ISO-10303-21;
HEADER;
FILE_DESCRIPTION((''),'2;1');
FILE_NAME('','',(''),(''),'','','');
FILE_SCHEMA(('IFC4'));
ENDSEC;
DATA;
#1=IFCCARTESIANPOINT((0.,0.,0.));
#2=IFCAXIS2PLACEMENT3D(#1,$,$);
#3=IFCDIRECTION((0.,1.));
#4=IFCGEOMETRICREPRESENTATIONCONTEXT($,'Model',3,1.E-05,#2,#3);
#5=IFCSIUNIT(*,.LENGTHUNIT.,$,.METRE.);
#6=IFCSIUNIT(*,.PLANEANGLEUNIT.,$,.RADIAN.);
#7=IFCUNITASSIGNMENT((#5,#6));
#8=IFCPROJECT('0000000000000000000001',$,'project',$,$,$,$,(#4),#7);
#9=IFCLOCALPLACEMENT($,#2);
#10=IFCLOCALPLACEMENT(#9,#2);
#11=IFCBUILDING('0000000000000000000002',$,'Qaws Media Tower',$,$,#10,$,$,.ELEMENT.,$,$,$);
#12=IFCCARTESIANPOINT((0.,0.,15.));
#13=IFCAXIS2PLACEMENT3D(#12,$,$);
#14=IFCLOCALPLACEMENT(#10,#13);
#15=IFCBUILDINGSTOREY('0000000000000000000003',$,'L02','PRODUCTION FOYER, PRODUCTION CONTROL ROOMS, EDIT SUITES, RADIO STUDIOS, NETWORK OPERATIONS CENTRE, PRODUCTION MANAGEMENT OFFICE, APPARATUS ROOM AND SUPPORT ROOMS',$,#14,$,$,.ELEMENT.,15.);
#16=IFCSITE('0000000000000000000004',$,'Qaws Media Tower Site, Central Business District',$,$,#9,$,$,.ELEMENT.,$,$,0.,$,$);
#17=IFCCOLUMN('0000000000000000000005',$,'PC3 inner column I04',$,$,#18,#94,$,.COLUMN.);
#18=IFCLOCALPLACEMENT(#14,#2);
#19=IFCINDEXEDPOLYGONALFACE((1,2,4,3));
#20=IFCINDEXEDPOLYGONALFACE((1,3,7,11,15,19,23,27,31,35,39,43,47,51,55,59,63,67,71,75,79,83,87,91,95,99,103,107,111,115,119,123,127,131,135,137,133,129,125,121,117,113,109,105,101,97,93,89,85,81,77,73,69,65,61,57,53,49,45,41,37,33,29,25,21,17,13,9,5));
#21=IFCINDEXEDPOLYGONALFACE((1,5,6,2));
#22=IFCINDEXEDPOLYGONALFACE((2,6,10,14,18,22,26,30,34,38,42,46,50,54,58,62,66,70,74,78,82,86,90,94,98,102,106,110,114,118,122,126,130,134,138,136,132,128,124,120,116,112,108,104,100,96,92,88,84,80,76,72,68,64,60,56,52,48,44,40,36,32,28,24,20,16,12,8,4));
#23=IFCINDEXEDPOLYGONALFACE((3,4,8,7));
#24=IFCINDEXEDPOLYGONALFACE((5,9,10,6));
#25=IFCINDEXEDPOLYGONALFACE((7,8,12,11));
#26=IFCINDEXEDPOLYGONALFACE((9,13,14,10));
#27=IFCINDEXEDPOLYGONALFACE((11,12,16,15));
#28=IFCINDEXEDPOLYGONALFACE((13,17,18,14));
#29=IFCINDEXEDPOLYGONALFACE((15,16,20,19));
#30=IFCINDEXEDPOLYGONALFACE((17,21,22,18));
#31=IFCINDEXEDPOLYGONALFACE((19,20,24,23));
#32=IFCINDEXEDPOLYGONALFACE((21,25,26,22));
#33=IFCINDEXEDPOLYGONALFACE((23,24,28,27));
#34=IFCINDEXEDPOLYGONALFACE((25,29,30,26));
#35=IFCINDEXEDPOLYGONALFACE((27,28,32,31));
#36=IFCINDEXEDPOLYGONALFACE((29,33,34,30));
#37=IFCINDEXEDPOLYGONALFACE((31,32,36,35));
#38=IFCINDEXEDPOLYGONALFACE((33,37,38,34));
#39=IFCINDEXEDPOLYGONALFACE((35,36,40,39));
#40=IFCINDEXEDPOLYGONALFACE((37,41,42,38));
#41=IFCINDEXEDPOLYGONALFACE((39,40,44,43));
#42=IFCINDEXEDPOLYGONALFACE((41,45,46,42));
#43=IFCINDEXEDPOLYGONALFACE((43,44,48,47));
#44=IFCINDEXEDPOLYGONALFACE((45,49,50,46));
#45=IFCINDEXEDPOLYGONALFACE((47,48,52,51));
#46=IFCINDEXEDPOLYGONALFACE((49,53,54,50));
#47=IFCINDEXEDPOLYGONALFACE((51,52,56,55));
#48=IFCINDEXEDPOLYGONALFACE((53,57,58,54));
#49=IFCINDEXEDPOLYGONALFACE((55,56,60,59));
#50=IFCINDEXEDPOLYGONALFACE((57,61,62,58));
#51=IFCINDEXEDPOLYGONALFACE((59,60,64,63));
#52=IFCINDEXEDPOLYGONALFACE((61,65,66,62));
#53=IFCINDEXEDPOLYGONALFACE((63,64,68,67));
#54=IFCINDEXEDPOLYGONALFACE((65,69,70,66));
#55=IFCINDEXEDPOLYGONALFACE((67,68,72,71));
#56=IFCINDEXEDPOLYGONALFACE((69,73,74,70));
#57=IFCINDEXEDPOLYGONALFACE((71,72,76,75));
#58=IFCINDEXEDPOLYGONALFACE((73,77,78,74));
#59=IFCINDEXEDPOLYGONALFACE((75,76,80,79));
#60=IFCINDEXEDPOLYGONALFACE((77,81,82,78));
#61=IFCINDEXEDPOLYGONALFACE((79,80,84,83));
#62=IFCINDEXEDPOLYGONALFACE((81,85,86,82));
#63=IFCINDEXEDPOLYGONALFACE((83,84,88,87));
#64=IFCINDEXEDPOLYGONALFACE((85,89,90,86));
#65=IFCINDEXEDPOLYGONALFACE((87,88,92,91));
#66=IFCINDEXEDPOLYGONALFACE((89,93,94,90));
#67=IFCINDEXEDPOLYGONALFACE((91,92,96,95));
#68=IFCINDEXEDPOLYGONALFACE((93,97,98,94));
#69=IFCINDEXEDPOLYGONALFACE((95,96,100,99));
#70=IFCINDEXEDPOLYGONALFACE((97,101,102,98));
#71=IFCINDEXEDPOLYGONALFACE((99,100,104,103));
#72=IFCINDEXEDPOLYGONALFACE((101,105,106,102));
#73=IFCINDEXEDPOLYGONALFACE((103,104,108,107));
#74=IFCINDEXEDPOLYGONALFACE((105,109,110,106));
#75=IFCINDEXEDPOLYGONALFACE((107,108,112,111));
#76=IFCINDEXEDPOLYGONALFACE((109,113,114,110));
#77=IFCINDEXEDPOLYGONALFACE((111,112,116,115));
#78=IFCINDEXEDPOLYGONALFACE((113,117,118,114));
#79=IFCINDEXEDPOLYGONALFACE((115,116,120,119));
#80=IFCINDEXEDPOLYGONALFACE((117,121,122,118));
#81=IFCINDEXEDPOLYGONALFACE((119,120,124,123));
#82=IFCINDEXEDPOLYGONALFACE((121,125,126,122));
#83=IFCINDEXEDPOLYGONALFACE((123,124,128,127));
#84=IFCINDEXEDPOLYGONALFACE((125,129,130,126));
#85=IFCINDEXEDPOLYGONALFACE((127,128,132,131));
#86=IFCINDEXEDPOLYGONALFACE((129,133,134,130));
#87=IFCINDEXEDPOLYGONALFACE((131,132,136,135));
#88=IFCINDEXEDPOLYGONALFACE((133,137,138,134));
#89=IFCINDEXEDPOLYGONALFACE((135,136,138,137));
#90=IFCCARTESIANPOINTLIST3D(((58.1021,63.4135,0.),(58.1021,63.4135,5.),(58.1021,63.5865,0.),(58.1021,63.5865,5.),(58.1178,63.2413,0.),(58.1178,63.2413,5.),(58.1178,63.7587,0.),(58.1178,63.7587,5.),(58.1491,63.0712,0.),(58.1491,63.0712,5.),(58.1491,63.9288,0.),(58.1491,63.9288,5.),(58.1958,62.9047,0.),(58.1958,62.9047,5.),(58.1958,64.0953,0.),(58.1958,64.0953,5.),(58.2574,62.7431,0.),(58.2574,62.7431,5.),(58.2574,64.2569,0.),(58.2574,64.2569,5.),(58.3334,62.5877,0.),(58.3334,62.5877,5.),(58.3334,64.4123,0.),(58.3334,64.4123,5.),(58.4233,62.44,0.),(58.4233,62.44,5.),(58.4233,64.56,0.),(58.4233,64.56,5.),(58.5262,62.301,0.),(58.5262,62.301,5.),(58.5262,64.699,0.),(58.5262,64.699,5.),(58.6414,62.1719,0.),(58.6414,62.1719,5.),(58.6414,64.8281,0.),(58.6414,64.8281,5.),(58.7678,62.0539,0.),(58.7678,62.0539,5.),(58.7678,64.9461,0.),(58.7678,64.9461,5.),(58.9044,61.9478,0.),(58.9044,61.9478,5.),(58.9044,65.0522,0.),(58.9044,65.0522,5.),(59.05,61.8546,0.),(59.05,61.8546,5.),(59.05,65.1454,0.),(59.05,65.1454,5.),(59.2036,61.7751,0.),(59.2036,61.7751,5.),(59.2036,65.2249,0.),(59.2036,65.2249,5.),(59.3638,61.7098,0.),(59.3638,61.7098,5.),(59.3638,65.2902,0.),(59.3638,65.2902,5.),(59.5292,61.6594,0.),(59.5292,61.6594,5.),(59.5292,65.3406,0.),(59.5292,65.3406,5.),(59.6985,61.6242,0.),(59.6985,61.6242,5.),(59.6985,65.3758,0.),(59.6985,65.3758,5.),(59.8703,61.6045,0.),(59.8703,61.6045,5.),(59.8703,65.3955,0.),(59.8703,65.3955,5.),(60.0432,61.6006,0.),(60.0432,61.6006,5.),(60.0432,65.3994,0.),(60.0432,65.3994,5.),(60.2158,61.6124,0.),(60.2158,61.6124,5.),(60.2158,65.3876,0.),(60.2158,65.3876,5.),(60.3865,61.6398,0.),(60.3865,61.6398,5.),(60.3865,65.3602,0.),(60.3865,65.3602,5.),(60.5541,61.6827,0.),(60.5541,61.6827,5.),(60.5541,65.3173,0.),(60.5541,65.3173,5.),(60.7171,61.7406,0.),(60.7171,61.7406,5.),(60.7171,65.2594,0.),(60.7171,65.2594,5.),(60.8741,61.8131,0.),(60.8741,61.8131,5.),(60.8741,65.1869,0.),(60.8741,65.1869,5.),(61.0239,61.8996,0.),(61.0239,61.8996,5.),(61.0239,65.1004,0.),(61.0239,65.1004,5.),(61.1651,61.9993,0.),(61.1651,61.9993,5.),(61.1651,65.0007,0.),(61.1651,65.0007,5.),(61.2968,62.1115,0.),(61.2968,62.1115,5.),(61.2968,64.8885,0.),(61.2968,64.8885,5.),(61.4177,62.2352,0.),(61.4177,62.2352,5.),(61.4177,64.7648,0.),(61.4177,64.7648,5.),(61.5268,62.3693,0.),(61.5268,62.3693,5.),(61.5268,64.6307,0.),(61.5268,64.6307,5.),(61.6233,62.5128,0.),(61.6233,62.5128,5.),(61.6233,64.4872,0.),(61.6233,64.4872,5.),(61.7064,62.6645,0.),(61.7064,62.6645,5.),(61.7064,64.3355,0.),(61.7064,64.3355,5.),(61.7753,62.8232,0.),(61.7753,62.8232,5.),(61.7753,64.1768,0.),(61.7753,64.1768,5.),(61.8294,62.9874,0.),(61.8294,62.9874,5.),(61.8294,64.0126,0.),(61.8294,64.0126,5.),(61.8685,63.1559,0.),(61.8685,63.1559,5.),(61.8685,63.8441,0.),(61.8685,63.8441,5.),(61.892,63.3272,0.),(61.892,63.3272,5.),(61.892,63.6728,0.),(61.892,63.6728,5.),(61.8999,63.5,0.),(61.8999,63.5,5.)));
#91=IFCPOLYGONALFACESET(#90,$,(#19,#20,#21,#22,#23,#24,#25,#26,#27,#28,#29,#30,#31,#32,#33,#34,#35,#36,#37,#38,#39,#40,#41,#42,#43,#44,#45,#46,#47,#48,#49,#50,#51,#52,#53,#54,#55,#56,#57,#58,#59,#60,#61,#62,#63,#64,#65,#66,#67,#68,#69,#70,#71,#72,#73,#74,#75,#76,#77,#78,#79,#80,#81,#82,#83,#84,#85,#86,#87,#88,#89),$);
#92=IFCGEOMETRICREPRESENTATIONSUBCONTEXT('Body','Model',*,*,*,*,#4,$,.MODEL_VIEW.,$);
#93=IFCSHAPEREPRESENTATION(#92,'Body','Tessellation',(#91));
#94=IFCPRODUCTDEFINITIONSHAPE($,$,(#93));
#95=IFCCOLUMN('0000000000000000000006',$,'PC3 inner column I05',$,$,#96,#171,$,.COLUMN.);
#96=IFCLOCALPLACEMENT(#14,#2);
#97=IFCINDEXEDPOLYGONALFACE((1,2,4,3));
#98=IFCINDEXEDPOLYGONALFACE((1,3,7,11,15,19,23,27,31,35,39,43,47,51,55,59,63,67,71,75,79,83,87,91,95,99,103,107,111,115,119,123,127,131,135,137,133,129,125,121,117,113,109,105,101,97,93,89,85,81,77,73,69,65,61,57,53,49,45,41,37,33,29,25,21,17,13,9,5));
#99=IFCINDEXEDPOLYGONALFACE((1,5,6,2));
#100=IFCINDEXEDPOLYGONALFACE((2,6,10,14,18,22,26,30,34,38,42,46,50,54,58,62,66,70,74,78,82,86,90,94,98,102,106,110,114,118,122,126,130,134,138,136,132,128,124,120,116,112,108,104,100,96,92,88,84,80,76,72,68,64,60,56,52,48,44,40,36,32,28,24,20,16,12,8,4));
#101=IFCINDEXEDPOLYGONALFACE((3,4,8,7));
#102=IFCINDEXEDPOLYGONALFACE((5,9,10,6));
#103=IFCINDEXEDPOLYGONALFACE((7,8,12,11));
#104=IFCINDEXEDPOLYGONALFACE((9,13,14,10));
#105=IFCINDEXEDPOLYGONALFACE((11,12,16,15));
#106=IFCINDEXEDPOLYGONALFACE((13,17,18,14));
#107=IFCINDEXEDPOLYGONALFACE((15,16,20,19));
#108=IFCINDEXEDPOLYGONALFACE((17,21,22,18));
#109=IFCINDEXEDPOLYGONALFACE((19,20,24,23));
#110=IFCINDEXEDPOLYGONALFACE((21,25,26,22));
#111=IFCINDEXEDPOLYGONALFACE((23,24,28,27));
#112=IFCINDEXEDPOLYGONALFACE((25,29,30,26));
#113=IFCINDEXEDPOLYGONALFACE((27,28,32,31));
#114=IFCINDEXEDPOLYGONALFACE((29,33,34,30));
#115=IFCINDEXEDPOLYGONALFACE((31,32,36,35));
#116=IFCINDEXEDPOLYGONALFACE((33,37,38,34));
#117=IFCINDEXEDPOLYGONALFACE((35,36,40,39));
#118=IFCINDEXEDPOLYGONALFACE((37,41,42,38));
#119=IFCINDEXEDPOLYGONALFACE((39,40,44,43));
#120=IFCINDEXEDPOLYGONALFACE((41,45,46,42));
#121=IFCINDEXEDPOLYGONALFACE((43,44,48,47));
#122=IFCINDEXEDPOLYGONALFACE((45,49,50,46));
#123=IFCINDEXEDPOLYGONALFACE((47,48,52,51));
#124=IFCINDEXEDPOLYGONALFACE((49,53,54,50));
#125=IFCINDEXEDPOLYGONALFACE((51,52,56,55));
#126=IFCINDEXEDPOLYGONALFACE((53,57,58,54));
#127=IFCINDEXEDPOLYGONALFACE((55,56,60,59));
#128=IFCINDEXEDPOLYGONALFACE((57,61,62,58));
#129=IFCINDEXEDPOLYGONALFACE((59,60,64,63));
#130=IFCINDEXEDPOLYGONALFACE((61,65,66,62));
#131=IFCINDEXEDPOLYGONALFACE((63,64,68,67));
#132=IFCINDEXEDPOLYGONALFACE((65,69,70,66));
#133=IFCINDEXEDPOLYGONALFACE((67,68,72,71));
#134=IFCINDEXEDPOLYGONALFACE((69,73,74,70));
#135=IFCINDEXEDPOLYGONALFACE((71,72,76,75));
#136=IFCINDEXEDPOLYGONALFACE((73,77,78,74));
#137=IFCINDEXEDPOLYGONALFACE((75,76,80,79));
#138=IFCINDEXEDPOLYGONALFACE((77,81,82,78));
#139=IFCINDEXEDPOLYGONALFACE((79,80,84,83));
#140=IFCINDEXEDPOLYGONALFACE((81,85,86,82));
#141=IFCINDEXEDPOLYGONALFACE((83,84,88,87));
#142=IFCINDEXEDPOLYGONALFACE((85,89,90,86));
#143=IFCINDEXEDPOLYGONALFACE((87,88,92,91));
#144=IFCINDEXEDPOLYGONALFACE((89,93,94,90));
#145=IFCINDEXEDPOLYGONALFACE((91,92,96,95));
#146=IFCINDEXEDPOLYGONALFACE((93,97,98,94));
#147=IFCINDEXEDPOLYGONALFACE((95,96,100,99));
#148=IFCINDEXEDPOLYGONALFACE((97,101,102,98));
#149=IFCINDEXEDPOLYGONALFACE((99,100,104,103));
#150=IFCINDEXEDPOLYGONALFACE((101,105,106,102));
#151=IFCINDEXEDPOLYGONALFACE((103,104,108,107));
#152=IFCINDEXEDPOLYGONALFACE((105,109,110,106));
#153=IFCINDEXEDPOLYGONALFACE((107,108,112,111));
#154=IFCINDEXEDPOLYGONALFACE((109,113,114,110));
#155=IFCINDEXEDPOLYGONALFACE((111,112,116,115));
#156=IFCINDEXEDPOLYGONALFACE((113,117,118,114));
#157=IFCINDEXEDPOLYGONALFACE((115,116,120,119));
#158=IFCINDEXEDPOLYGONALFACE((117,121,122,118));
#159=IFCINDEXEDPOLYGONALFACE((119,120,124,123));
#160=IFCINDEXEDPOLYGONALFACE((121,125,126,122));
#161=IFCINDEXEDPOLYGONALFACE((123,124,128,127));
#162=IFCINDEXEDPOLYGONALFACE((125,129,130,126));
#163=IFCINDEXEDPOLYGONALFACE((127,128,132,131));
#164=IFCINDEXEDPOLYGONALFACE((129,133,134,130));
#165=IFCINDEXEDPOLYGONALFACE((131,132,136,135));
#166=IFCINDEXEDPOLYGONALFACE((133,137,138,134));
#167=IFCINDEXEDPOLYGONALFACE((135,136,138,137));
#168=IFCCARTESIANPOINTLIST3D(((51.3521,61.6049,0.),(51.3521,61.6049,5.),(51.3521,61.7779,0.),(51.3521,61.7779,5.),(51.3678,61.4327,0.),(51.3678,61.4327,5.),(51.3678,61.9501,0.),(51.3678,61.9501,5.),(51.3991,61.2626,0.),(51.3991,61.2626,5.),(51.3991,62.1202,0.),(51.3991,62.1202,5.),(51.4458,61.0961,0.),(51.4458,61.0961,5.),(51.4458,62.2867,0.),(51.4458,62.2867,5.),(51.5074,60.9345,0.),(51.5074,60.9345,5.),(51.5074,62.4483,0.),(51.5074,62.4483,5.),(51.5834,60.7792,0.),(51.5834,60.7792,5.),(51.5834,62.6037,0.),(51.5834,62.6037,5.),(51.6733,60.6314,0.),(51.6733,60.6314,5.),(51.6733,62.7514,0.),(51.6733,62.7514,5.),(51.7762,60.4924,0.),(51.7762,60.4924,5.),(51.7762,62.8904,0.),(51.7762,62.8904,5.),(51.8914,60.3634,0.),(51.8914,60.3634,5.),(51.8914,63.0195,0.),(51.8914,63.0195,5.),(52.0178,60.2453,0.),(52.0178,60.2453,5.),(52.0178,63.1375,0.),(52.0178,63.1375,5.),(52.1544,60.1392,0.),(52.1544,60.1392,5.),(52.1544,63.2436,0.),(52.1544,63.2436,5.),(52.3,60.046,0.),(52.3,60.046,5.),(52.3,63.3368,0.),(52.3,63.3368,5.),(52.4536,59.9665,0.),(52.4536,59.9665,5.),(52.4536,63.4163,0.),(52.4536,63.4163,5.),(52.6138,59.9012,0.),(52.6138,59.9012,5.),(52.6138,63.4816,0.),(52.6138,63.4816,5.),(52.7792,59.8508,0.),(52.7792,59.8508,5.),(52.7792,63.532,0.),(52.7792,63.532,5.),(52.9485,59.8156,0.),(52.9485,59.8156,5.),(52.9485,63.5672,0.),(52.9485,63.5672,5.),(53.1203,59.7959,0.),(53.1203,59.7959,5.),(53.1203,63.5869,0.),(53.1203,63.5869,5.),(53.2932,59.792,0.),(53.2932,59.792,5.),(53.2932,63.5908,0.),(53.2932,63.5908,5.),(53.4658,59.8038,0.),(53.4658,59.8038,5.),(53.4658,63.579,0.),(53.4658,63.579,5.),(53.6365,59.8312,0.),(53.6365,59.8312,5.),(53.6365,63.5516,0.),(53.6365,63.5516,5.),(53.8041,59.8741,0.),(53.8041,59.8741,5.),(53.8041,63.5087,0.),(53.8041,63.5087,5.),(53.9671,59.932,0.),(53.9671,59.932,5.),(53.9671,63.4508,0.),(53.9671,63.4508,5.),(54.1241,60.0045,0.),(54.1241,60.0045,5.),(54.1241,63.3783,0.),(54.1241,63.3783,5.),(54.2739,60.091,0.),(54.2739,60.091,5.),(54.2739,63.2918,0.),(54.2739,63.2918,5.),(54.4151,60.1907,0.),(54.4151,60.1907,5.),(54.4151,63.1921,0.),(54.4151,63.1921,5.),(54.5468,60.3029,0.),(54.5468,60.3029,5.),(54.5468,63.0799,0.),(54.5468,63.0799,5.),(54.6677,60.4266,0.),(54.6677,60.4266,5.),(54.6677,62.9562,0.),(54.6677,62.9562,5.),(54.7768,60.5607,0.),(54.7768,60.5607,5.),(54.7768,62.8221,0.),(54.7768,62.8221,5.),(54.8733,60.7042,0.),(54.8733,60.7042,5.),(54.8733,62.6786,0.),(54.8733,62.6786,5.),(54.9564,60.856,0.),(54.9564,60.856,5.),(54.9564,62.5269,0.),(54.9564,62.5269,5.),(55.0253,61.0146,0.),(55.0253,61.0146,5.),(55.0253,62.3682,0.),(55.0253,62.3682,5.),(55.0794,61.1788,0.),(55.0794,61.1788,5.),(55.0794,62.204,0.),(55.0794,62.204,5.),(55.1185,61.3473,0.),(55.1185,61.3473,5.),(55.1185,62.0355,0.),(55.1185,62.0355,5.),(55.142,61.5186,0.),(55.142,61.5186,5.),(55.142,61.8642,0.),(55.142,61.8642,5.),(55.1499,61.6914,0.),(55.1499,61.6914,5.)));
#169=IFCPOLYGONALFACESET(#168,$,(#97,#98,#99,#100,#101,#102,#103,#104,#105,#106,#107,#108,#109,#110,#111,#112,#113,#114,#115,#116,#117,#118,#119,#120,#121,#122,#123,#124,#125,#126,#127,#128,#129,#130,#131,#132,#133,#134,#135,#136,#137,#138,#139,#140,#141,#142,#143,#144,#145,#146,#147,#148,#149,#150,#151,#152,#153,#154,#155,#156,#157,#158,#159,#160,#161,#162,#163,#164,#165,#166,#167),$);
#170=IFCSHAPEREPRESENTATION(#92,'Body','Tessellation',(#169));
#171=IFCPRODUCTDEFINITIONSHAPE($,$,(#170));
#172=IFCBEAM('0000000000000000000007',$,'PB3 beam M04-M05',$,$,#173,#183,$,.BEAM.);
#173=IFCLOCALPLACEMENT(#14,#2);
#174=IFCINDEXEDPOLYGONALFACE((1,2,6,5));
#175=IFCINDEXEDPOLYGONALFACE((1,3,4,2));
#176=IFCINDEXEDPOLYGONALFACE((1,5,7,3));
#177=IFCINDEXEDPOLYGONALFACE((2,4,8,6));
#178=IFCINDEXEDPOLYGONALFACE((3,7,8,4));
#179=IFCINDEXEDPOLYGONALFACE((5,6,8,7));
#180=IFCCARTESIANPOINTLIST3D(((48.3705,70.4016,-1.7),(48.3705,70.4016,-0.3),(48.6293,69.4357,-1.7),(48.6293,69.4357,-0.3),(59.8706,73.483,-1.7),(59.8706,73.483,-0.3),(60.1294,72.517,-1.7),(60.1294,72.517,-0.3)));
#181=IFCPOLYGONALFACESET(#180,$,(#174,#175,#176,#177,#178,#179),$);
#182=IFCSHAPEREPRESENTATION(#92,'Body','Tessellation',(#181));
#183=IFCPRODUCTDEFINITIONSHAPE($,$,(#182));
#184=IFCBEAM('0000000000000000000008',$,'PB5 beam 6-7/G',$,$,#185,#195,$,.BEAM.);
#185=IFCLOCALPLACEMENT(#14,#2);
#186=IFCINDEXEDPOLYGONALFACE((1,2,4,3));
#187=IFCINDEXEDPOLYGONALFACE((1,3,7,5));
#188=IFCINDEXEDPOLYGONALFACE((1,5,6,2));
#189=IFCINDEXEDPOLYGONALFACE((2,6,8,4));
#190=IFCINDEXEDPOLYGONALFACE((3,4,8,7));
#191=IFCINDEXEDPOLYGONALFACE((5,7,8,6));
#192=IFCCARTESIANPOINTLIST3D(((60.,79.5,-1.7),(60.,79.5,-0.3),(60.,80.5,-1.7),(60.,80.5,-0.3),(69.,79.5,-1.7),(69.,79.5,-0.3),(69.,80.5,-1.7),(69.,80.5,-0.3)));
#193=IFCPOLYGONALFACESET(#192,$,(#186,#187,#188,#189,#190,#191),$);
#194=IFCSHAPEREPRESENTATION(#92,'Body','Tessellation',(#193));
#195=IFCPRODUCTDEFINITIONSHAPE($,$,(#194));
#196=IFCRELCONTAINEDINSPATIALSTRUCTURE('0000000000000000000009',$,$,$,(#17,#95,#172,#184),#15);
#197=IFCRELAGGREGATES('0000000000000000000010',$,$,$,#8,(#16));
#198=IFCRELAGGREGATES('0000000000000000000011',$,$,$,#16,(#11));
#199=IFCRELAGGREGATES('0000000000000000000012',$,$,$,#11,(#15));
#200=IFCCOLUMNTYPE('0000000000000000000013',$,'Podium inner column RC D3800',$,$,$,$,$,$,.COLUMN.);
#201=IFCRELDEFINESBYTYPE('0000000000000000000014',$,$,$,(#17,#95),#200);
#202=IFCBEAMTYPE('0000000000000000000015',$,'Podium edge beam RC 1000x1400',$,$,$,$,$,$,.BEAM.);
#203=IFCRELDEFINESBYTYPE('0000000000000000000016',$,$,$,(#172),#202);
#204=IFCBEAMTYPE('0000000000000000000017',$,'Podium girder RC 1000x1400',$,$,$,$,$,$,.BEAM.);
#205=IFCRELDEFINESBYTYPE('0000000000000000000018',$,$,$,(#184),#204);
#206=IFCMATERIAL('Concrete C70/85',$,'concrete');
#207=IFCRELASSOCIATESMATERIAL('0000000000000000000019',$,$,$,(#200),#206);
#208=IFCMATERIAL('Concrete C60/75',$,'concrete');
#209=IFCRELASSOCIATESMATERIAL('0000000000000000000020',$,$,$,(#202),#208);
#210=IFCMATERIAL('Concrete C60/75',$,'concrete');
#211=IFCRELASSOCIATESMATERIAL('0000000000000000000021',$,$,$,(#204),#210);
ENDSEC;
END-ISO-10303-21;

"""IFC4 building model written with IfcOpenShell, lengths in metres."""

from ifc_helpers import new_model, si_unit, direction, frame, origin, origin_2d, place, context, subcontext, project, spatial, rectangle, circle, extrude, material, material_profile, profile_set, type_object, element, save


model = new_model("IFC4")

# Units and contexts
model_context = context("Model", 3, precision=1e-05, world=origin(), true_north=direction((0.0, 1.0)))
body_context = subcontext(model_context, "Body", "Model", "MODEL_VIEW")
ifc_project = project(units=[si_unit("LENGTHUNIT", "METRE"), si_unit("PLANEANGLEUNIT", "RADIAN")], contexts=[model_context])

# Site, building, storey
site_placement = place(None, origin())
site = spatial("IfcSite", under=ifc_project, at=site_placement, Name="Qaws Media Tower Site, Central Business District", CompositionType="ELEMENT", RefElevation=0.0)
building_placement = place(site_placement, origin())
building = spatial("IfcBuilding", under=site, at=building_placement, Name="Qaws Media Tower", CompositionType="ELEMENT")
storey_placement = place(building_placement, frame((0.0, 0.0, 15.0)))
storey = spatial("IfcBuildingStorey", under=building, at=storey_placement, Name="L02", Description="PRODUCTION FOYER, PRODUCTION CONTROL ROOMS, EDIT SUITES, RADIO STUDIOS, NETWORK OPERATIONS CENTRE, PRODUCTION MANAGEMENT OFFICE, APPARATUS ROOM AND SUPPORT ROOMS", CompositionType="ELEMENT", Elevation=15.0)

# Columns
ifc_material_1 = material(Name="Concrete C70/85", Category="concrete")
ifc_material_profile_1 = material_profile(ifc_material_1, circle(Radius=1.8999, at=origin_2d()), Name="RC D3800")
ifc_profile_set_1 = profile_set([ifc_material_profile_1], Name="Concrete C70/85")
column_type_1 = type_object("IfcColumnType", Name="Podium inner column RC D3800", PredefinedType="COLUMN", material=ifc_profile_set_1)
for number, where, z_axis, x_axis, name in (
    (1, (60.0, 63.5, 0.0), (0.0, 0.0, 1.0), (1.0, 0.0, 0.0), "PC3 inner column I04"),
    (2, (53.25, 61.6914, 0.0), (0.0, 0.0, 1.0), (1.0, 0.0, 0.0), "PC3 inner column I05"),
):
    element("IfcColumn", number, at=place(storey_placement, frame(where, z_axis=z_axis, x_axis=x_axis)), inside=storey, type_object=column_type_1, Name=name, PredefinedType="COLUMN", context=body_context, shape_type="SweptSolid", body=[
        extrude(circle(Radius=1.8999, at=origin_2d()), origin(), (0.0, 0.0, 1.0), 5.0),
    ])

# Beams
ifc_material_2 = material(Name="Concrete C60/75", Category="concrete")
ifc_material_profile_2 = material_profile(ifc_material_2, rectangle(XDim=1.0, YDim=1.3999, at=origin_2d()), Name="RC 1000x1400")
ifc_profile_set_2 = profile_set([ifc_material_profile_2], Name="Concrete C60/75")
beam_type_1 = type_object("IfcBeamType", Name="Podium edge beam RC 1000x1400", PredefinedType="BEAM", material=ifc_profile_set_2)
beam_1_placement = place(storey_placement, frame((60.0, 73.0, -1.0), z_axis=(-0.965928, -0.25881, 0.0), x_axis=(0.25881, -0.965928, 0.0)))
element("IfcBeam", 3, at=beam_1_placement, inside=storey, type_object=beam_type_1, Name="PB3 beam M04-M05", PredefinedType="BEAM", context=body_context, shape_type="SweptSolid", body=[
    extrude(rectangle(XDim=1.0, YDim=1.3999, at=origin_2d()), origin(), (0.0, 0.0, 1.0), 11.9058),
])
ifc_material_3 = material(Name="Concrete C60/75", Category="concrete")
ifc_material_profile_3 = material_profile(ifc_material_3, rectangle(XDim=1.0, YDim=1.3999, at=origin_2d()), Name="RC 1000x1400")
ifc_profile_set_3 = profile_set([ifc_material_profile_3], Name="Concrete C60/75")
beam_type_2 = type_object("IfcBeamType", Name="Podium girder RC 1000x1400", PredefinedType="BEAM", material=ifc_profile_set_3)
beam_2_placement = place(storey_placement, frame((60.0, 80.0, -1.0), z_axis=(1.0, 0.0, 0.0), x_axis=(0.0, 1.0, 0.0)))
element("IfcBeam", 4, at=beam_2_placement, inside=storey, type_object=beam_type_2, Name="PB5 beam 6-7/G", PredefinedType="BEAM", context=body_context, shape_type="SweptSolid", body=[
    extrude(rectangle(XDim=1.0, YDim=1.3999, at=origin_2d()), origin(), (0.0, 0.0, 1.0), 9.0),
])

save(model, "model.ifc")
